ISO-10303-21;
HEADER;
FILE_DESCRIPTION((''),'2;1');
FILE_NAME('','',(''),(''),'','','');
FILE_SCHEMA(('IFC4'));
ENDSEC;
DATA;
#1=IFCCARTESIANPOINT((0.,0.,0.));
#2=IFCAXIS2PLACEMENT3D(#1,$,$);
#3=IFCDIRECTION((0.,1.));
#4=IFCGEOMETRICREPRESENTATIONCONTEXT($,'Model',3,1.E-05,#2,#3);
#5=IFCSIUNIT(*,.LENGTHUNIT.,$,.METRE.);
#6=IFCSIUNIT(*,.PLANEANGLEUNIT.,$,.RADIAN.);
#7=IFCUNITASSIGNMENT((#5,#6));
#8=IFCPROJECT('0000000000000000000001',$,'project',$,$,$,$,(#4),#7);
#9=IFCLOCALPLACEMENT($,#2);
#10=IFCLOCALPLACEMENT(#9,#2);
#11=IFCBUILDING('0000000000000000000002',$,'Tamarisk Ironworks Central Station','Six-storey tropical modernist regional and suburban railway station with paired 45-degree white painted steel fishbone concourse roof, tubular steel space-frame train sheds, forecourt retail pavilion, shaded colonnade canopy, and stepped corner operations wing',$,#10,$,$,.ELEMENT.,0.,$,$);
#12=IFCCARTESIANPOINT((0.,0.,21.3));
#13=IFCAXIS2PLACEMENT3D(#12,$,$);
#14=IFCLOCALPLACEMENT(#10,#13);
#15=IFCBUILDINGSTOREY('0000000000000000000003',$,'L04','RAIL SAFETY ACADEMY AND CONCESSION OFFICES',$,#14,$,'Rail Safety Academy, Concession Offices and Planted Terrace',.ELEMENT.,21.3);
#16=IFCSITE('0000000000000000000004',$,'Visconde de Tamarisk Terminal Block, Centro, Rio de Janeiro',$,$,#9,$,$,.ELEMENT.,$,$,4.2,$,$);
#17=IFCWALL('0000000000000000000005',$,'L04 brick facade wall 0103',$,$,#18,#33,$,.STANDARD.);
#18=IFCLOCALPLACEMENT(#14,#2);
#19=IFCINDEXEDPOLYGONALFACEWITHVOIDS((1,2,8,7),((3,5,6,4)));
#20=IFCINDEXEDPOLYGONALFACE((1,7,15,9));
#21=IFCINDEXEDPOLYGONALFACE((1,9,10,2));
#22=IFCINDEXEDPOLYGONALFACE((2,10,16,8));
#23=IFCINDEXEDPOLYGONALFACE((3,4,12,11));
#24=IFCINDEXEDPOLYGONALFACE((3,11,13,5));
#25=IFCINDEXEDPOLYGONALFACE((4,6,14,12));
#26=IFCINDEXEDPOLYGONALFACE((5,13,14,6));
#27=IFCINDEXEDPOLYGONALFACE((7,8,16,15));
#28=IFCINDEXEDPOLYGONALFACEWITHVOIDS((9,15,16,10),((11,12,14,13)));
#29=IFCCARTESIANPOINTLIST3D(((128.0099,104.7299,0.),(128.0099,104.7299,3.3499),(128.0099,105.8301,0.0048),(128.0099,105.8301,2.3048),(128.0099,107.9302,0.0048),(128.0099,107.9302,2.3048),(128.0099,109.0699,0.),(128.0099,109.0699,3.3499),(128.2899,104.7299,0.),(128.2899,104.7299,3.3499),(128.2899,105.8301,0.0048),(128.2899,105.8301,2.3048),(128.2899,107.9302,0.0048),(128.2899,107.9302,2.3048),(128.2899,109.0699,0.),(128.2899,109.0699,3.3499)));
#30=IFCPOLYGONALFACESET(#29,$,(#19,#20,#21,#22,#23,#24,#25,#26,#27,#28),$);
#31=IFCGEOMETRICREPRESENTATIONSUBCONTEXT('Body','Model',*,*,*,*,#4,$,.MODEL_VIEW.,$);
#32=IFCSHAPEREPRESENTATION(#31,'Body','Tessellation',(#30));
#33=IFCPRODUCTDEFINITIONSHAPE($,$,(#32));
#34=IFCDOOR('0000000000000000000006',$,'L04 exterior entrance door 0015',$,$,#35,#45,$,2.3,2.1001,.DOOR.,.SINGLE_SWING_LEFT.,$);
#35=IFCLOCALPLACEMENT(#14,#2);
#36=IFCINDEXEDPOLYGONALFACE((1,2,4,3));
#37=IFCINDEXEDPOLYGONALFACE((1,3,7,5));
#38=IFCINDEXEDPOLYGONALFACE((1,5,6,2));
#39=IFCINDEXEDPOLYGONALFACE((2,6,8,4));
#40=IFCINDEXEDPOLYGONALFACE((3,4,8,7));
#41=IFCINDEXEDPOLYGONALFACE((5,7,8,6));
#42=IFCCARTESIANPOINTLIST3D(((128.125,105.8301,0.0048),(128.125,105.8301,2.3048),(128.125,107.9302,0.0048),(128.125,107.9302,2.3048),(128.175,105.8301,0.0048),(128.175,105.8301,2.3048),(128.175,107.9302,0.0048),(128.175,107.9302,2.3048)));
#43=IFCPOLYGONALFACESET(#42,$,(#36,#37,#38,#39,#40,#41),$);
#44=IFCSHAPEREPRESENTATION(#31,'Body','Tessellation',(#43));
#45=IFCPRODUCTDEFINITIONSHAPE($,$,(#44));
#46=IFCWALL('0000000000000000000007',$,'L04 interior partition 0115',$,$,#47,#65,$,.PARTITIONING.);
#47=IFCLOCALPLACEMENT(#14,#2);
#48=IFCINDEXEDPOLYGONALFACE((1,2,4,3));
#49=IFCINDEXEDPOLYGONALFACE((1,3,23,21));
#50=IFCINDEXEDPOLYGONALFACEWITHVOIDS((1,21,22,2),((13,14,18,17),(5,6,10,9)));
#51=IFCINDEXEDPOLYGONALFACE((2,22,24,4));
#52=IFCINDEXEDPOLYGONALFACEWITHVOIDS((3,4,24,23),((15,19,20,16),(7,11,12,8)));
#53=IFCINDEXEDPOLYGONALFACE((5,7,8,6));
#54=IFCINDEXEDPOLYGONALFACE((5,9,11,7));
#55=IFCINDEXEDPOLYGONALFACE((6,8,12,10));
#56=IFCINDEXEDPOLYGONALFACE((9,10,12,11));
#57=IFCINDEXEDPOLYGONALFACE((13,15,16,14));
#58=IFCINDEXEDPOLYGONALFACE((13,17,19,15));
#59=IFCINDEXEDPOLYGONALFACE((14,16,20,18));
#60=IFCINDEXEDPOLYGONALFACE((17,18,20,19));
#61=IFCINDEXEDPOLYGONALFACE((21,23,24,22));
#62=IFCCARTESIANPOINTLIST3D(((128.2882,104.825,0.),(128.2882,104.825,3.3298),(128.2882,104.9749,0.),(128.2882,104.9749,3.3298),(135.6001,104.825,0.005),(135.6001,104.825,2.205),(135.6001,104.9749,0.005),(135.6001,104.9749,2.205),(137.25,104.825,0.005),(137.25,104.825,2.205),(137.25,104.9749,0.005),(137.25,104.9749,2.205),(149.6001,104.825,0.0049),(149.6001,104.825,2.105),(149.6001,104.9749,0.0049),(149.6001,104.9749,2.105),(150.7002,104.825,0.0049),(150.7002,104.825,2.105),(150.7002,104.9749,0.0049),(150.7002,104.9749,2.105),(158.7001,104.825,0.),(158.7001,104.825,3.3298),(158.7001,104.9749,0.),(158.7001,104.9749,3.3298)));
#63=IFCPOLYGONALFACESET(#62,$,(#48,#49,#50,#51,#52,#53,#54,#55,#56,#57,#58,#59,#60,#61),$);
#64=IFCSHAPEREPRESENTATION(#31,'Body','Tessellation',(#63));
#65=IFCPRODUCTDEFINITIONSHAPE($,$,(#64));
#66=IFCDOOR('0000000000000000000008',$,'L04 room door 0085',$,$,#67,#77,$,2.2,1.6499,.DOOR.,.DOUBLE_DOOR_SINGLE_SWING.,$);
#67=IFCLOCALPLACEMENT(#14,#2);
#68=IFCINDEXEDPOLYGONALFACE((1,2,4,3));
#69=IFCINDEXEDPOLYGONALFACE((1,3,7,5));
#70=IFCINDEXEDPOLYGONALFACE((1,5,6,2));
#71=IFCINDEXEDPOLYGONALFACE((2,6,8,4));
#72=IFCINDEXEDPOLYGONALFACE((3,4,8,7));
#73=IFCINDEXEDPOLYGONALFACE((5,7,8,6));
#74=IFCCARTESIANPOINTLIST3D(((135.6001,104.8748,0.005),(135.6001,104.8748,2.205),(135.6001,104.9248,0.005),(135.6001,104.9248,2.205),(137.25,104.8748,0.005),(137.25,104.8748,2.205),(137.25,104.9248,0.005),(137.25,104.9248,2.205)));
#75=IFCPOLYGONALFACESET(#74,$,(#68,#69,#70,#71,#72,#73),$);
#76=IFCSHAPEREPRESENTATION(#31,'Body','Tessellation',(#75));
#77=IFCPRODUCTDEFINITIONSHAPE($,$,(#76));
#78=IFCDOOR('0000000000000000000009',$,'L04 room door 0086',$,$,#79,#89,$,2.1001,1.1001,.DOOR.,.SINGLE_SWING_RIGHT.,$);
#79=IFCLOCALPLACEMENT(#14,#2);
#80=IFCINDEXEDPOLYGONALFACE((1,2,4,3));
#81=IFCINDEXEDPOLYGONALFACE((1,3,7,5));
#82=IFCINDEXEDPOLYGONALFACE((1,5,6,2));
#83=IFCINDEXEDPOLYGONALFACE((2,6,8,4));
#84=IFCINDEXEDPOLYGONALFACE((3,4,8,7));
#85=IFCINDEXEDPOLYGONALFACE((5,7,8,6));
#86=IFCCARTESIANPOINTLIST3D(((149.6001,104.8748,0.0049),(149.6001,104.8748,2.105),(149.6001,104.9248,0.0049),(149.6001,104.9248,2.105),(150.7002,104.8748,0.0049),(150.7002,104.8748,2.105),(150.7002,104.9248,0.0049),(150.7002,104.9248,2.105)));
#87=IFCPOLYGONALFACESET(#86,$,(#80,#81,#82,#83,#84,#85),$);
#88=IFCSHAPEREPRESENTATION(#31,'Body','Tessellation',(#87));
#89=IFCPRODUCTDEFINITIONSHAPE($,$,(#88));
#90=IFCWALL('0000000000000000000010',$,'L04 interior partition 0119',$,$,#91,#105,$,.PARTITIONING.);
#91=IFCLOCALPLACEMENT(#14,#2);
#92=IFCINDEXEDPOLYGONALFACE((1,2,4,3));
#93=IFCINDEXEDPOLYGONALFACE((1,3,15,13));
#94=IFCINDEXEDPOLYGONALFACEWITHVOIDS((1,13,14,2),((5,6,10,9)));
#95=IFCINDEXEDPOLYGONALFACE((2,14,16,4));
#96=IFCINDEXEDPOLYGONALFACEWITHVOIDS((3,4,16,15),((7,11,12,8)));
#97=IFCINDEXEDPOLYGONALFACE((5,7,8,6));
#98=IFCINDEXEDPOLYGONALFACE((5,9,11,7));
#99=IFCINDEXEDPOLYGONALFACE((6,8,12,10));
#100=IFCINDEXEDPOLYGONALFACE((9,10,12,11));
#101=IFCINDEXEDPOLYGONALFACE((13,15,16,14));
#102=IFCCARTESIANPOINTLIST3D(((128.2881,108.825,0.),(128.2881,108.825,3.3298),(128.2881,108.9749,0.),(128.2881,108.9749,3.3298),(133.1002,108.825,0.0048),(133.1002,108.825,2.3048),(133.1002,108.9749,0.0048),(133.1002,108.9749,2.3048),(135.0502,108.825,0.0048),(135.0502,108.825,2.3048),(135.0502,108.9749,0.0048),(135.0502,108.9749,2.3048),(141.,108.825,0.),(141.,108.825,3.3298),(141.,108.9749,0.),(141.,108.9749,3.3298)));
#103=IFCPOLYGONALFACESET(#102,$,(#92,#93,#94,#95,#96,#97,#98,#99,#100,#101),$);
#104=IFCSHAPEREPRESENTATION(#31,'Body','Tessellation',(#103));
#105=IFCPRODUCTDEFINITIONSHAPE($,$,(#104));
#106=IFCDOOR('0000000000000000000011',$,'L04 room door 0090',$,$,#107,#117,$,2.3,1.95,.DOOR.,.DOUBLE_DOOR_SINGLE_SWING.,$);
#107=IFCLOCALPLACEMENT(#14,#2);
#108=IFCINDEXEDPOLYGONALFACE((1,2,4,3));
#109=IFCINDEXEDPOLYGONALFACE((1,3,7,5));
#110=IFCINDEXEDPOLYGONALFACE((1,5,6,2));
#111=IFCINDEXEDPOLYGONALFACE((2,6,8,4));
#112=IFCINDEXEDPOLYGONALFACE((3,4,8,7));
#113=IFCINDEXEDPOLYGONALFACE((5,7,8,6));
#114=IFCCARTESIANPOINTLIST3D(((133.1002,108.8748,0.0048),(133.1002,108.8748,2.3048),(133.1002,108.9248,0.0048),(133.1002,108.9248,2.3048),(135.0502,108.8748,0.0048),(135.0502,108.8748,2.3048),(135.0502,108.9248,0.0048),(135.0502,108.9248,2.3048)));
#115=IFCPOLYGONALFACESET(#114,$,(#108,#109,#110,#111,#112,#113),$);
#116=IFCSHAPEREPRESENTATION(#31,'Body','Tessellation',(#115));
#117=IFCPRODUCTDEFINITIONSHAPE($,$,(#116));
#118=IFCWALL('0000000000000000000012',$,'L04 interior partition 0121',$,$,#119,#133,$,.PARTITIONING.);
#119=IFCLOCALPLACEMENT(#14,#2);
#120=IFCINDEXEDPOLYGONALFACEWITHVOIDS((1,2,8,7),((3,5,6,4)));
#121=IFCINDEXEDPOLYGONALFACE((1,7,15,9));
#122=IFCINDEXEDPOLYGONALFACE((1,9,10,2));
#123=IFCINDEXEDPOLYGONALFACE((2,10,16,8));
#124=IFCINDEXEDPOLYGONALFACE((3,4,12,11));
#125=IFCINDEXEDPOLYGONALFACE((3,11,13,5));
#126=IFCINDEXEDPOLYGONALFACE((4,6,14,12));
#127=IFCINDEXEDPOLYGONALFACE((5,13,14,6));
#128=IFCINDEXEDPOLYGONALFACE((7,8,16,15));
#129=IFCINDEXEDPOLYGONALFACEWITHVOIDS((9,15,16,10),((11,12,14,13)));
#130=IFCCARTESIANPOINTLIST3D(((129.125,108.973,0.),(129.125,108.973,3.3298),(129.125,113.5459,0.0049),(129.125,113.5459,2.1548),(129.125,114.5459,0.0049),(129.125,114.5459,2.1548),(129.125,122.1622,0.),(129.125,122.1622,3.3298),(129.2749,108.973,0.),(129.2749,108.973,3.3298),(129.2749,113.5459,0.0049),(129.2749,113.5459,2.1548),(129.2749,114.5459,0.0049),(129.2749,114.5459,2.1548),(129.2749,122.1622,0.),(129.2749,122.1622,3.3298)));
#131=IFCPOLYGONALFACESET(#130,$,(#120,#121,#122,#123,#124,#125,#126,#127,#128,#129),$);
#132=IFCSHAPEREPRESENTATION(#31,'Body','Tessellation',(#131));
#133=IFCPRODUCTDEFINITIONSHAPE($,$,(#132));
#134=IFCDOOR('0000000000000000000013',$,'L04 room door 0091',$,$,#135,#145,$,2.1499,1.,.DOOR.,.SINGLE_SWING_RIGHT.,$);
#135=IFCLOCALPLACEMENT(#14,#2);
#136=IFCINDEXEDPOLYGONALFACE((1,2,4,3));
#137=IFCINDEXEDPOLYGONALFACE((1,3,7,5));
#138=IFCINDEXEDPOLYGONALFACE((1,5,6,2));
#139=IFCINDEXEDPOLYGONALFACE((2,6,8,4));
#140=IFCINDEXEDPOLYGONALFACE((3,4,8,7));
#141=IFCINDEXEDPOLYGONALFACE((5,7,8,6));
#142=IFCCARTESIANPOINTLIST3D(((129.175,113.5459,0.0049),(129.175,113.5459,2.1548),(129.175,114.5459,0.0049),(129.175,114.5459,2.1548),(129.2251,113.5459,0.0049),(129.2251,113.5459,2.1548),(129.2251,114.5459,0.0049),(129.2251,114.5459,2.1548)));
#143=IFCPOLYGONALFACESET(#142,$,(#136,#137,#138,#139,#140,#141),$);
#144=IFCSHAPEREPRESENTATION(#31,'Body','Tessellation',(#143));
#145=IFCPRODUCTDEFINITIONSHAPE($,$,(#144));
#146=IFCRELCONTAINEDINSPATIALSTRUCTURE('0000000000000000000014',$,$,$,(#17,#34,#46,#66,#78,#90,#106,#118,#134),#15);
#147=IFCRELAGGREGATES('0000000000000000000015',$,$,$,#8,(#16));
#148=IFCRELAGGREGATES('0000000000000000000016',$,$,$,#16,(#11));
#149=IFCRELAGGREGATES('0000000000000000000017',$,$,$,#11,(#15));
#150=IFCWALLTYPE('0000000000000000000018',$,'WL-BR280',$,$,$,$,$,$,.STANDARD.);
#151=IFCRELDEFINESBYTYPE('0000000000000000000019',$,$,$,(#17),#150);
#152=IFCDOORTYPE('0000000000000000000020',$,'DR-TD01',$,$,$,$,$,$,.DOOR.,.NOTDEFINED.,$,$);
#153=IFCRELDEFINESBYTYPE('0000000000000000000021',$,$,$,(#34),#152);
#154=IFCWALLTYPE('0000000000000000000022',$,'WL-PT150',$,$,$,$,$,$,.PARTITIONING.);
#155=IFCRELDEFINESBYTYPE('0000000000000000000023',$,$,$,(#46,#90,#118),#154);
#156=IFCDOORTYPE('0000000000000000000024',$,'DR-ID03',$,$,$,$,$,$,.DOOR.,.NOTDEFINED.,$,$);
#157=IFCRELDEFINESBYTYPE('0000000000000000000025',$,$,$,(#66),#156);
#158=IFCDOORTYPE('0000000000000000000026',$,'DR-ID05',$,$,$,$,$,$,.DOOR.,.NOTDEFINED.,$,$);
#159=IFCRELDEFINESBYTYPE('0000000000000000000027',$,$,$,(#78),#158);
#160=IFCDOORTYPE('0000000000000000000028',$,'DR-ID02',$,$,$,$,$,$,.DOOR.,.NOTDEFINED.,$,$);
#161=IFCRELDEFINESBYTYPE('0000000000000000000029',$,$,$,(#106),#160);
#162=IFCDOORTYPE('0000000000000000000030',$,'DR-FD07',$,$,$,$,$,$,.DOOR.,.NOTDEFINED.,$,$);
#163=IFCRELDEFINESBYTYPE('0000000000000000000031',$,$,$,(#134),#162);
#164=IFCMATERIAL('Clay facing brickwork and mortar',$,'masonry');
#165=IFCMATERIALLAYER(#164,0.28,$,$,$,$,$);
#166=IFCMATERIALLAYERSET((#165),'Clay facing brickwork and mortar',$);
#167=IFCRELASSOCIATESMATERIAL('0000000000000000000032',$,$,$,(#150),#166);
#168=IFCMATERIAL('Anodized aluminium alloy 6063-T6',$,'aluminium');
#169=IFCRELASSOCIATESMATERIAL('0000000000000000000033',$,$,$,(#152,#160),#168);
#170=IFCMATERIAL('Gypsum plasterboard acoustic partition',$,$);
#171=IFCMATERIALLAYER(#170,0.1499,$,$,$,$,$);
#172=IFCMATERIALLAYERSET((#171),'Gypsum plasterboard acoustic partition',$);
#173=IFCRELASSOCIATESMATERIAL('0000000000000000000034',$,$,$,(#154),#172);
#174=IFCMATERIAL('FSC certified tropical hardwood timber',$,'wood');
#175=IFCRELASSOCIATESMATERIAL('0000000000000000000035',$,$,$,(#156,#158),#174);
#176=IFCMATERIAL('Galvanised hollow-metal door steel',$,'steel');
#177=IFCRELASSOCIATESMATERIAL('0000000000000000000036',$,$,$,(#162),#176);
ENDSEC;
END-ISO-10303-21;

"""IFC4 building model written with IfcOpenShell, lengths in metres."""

from ifc_helpers import new_model, si_unit, direction, frame, frame_2d, origin, place, context, subcontext, project, spatial, rectangle, extrude, material, layer, layer_set, type_object, element, fill, save


model = new_model("IFC4")

# Units and contexts
model_context = context("Model", 3, precision=1e-05, world=origin(), true_north=direction((0.0, 1.0)))
body_context = subcontext(model_context, "Body", "Model", "MODEL_VIEW")
ifc_project = project(units=[si_unit("LENGTHUNIT", "METRE"), si_unit("PLANEANGLEUNIT", "RADIAN")], contexts=[model_context])

# Site, building, storey
site_placement = place(None, origin())
site = spatial("IfcSite", under=ifc_project, at=site_placement, Name="Visconde de Tamarisk Terminal Block, Centro, Rio de Janeiro", CompositionType="ELEMENT", RefElevation=4.2)
building_placement = place(site_placement, origin())
building = spatial("IfcBuilding", under=site, at=building_placement, Name="Tamarisk Ironworks Central Station", Description="Six-storey tropical modernist regional and suburban railway station with paired 45-degree white painted steel fishbone concourse roof, tubular steel space-frame train sheds, forecourt retail pavilion, shaded colonnade canopy, and stepped corner operations wing", CompositionType="ELEMENT", ElevationOfRefHeight=0.0)
storey_placement = place(building_placement, frame((0.0, 0.0, 21.3)))
storey = spatial("IfcBuildingStorey", under=building, at=storey_placement, Name="L04", Description="RAIL SAFETY ACADEMY AND CONCESSION OFFICES", LongName="Rail Safety Academy, Concession Offices and Planted Terrace", CompositionType="ELEMENT", Elevation=21.3)

# Shared definitions
ifc_material_1 = material(Name="Anodized aluminium alloy 6063-T6", Category="aluminium")

# Wall, opening, door
ifc_material_2 = material(Name="Clay facing brickwork and mortar", Category="masonry")
ifc_layer_1 = layer(ifc_material_2, 0.28)
ifc_layer_set_1 = layer_set([ifc_layer_1], Name="Clay facing brickwork and mortar")
wall_type_1 = type_object("IfcWallType", Name="WL-BR280", PredefinedType="STANDARD", material=ifc_layer_set_1)
wall_1_placement = place(storey_placement, frame((128.1499, 104.73, 0.0), z_axis=(0.0, 0.0, 1.0), x_axis=(0.0, 1.0, 0.0)))
wall_1 = element("IfcWall", 1, at=wall_1_placement, inside=storey, type_object=wall_type_1, Name="L04 brick facade wall 0103", PredefinedType="STANDARD", context=body_context, shape_type="SweptSolid", body=[
    extrude(rectangle(XDim=4.3401, YDim=0.28, at=frame_2d((2.1699, 0.0))), origin(), (0.0, 0.0, 1.0), 3.3499),
])
opening_1_placement = place(wall_1_placement, frame((1.1001, 0.0, 0.0049)))
opening_1 = element("IfcOpeningElement", 2, at=opening_1_placement, cuts=wall_1, PredefinedType="OPENING", context=body_context, shape_type="SweptSolid", body=[
    extrude(rectangle(XDim=2.1001, YDim=2.3, at=frame_2d((1.05, 1.1499))), frame((0.0, 0.1519, 0.0), z_axis=(0.0, -1.0, 0.0), x_axis=(1.0, 0.0, 0.0)), (0.0, 0.0, 1.0), 0.304),
])
door_type_1 = type_object("IfcDoorType", Name="DR-TD01", OperationType="NOTDEFINED", PredefinedType="DOOR", material=ifc_material_1)
door_1_placement = place(opening_1_placement, origin())
door_1 = element("IfcDoor", 3, at=door_1_placement, inside=storey, type_object=door_type_1, Name="L04 exterior entrance door 0015", OperationType="SINGLE_SWING_LEFT", OverallHeight=2.3, OverallWidth=2.1001, PredefinedType="DOOR", context=body_context, shape_type="SweptSolid", body=[
    extrude(rectangle(XDim=2.1001, YDim=2.3, at=frame_2d((1.05, 1.1499))), frame((0.0, 0.0249, 0.0), z_axis=(0.0, -1.0, 0.0), x_axis=(1.0, 0.0, 0.0)), (0.0, 0.0, 1.0), 0.05),
])
fill(opening_1, door_1)

# Wall, openings, doors
ifc_material_3 = material(Name="Gypsum plasterboard acoustic partition")
ifc_layer_2 = layer(ifc_material_3, 0.1499)
ifc_layer_set_2 = layer_set([ifc_layer_2], Name="Gypsum plasterboard acoustic partition")
wall_type_2 = type_object("IfcWallType", Name="WL-PT150", PredefinedType="PARTITIONING", material=ifc_layer_set_2)
wall_2_placement = place(storey_placement, frame((128.2881, 104.8999, 0.0), z_axis=(0.0, 0.0, 1.0), x_axis=(1.0, 0.0, 0.0)))
wall_2 = element("IfcWall", 4, at=wall_2_placement, inside=storey, type_object=wall_type_2, Name="L04 interior partition 0115", PredefinedType="PARTITIONING", context=body_context, shape_type="SweptSolid", body=[
    extrude(rectangle(XDim=30.4119, YDim=0.1499, at=frame_2d((15.2061, 0.0))), origin(), (0.0, 0.0, 1.0), 3.3298),
])
opening_2_placement = place(wall_2_placement, frame((7.312, 0.0, 0.0049)))
opening_2 = element("IfcOpeningElement", 5, at=opening_2_placement, cuts=wall_2, PredefinedType="OPENING", context=body_context, shape_type="SweptSolid", body=[
    extrude(rectangle(XDim=1.6499, YDim=2.2, at=frame_2d((0.825, 1.1001))), frame((0.0, 0.0869, 0.0), z_axis=(0.0, -1.0, 0.0), x_axis=(1.0, 0.0, 0.0)), (0.0, 0.0, 1.0), 0.1738),
])
opening_3_placement = place(wall_2_placement, frame((21.312, 0.0, 0.0049)))
opening_3 = element("IfcOpeningElement", 6, at=opening_3_placement, cuts=wall_2, PredefinedType="OPENING", context=body_context, shape_type="SweptSolid", body=[
    extrude(rectangle(XDim=1.1001, YDim=2.1001, at=frame_2d((0.55, 1.05))), frame((0.0, 0.0869, 0.0), z_axis=(0.0, -1.0, 0.0), x_axis=(1.0, 0.0, 0.0)), (0.0, 0.0, 1.0), 0.1738),
])
ifc_material_4 = material(Name="FSC certified tropical hardwood timber", Category="wood")
door_type_2 = type_object("IfcDoorType", Name="DR-ID03", OperationType="NOTDEFINED", PredefinedType="DOOR", material=ifc_material_4)
door_2_placement = place(opening_2_placement, origin())
door_2 = element("IfcDoor", 7, at=door_2_placement, inside=storey, type_object=door_type_2, Name="L04 room door 0085", OperationType="DOUBLE_DOOR_SINGLE_SWING", OverallHeight=2.2, OverallWidth=1.6499, PredefinedType="DOOR", context=body_context, shape_type="SweptSolid", body=[
    extrude(rectangle(XDim=1.6499, YDim=2.2, at=frame_2d((0.825, 1.1001))), frame((0.0, 0.0249, 0.0), z_axis=(0.0, -1.0, 0.0), x_axis=(1.0, 0.0, 0.0)), (0.0, 0.0, 1.0), 0.05),
])
fill(opening_2, door_2)
door_type_3 = type_object("IfcDoorType", Name="DR-ID05", OperationType="NOTDEFINED", PredefinedType="DOOR", material=ifc_material_4)
door_3_placement = place(opening_3_placement, origin())
door_3 = element("IfcDoor", 8, at=door_3_placement, inside=storey, type_object=door_type_3, Name="L04 room door 0086", OperationType="SINGLE_SWING_RIGHT", OverallHeight=2.1001, OverallWidth=1.1001, PredefinedType="DOOR", context=body_context, shape_type="SweptSolid", body=[
    extrude(rectangle(XDim=1.1001, YDim=2.1001, at=frame_2d((0.55, 1.05))), frame((0.0, 0.0249, 0.0), z_axis=(0.0, -1.0, 0.0), x_axis=(1.0, 0.0, 0.0)), (0.0, 0.0, 1.0), 0.05),
])
fill(opening_3, door_3)

# Walls, openings, doors
wall_3_placement = place(storey_placement, frame((128.2881, 108.8999, 0.0), z_axis=(0.0, 0.0, 1.0), x_axis=(1.0, 0.0, 0.0)))
wall_3 = element("IfcWall", 9, at=wall_3_placement, inside=storey, type_object=wall_type_2, Name="L04 interior partition 0119", PredefinedType="PARTITIONING", context=body_context, shape_type="SweptSolid", body=[
    extrude(rectangle(XDim=12.7119, YDim=0.1499, at=frame_2d((6.356, 0.0))), origin(), (0.0, 0.0, 1.0), 3.3298),
])
opening_4_placement = place(wall_3_placement, frame((4.812, 0.0, 0.0049)))
opening_4 = element("IfcOpeningElement", 10, at=opening_4_placement, cuts=wall_3, PredefinedType="OPENING", context=body_context, shape_type="SweptSolid", body=[
    extrude(rectangle(XDim=1.95, YDim=2.3, at=frame_2d((0.9751, 1.1499))), frame((0.0, 0.0869, 0.0), z_axis=(0.0, -1.0, 0.0), x_axis=(1.0, 0.0, 0.0)), (0.0, 0.0, 1.0), 0.1738),
])
door_type_4 = type_object("IfcDoorType", Name="DR-ID02", OperationType="NOTDEFINED", PredefinedType="DOOR", material=ifc_material_1)
door_4_placement = place(opening_4_placement, origin())
door_4 = element("IfcDoor", 11, at=door_4_placement, inside=storey, type_object=door_type_4, Name="L04 room door 0090", OperationType="DOUBLE_DOOR_SINGLE_SWING", OverallHeight=2.3, OverallWidth=1.95, PredefinedType="DOOR", context=body_context, shape_type="SweptSolid", body=[
    extrude(rectangle(XDim=1.95, YDim=2.3, at=frame_2d((0.9751, 1.1499))), frame((0.0, 0.0249, 0.0), z_axis=(0.0, -1.0, 0.0), x_axis=(1.0, 0.0, 0.0)), (0.0, 0.0, 1.0), 0.05),
])
fill(opening_4, door_4)
wall_4_placement = place(storey_placement, frame((129.2, 108.9729, 0.0), z_axis=(0.0, 0.0, 1.0), x_axis=(0.0, 1.0, 0.0)))
wall_4 = element("IfcWall", 12, at=wall_4_placement, inside=storey, type_object=wall_type_2, Name="L04 interior partition 0121", PredefinedType="PARTITIONING", context=body_context, shape_type="SweptSolid", body=[
    extrude(rectangle(XDim=13.1892, YDim=0.1499, at=frame_2d((6.5947, 0.0))), origin(), (0.0, 0.0, 1.0), 3.3298),
])
opening_5_placement = place(wall_4_placement, frame((4.573, 0.0, 0.0049)))
opening_5 = element("IfcOpeningElement", 13, at=opening_5_placement, cuts=wall_4, PredefinedType="OPENING", context=body_context, shape_type="SweptSolid", body=[
    extrude(rectangle(XDim=1.0, YDim=2.1499, at=frame_2d((0.5, 1.075))), frame((0.0, 0.0869, 0.0), z_axis=(0.0, -1.0, 0.0), x_axis=(1.0, 0.0, 0.0)), (0.0, 0.0, 1.0), 0.1738),
])
ifc_material_5 = material(Name="Galvanised hollow-metal door steel", Category="steel")
door_type_5 = type_object("IfcDoorType", Name="DR-FD07", OperationType="NOTDEFINED", PredefinedType="DOOR", material=ifc_material_5)
door_5_placement = place(opening_5_placement, origin())
door_5 = element("IfcDoor", 14, at=door_5_placement, inside=storey, type_object=door_type_5, Name="L04 room door 0091", OperationType="SINGLE_SWING_RIGHT", OverallHeight=2.1499, OverallWidth=1.0, PredefinedType="DOOR", context=body_context, shape_type="SweptSolid", body=[
    extrude(rectangle(XDim=1.0, YDim=2.1499, at=frame_2d((0.5, 1.075))), frame((0.0, 0.0249, 0.0), z_axis=(0.0, -1.0, 0.0), x_axis=(1.0, 0.0, 0.0)), (0.0, 0.0, 1.0), 0.05),
])
fill(opening_5, door_5)

save(model, "model.ifc")
